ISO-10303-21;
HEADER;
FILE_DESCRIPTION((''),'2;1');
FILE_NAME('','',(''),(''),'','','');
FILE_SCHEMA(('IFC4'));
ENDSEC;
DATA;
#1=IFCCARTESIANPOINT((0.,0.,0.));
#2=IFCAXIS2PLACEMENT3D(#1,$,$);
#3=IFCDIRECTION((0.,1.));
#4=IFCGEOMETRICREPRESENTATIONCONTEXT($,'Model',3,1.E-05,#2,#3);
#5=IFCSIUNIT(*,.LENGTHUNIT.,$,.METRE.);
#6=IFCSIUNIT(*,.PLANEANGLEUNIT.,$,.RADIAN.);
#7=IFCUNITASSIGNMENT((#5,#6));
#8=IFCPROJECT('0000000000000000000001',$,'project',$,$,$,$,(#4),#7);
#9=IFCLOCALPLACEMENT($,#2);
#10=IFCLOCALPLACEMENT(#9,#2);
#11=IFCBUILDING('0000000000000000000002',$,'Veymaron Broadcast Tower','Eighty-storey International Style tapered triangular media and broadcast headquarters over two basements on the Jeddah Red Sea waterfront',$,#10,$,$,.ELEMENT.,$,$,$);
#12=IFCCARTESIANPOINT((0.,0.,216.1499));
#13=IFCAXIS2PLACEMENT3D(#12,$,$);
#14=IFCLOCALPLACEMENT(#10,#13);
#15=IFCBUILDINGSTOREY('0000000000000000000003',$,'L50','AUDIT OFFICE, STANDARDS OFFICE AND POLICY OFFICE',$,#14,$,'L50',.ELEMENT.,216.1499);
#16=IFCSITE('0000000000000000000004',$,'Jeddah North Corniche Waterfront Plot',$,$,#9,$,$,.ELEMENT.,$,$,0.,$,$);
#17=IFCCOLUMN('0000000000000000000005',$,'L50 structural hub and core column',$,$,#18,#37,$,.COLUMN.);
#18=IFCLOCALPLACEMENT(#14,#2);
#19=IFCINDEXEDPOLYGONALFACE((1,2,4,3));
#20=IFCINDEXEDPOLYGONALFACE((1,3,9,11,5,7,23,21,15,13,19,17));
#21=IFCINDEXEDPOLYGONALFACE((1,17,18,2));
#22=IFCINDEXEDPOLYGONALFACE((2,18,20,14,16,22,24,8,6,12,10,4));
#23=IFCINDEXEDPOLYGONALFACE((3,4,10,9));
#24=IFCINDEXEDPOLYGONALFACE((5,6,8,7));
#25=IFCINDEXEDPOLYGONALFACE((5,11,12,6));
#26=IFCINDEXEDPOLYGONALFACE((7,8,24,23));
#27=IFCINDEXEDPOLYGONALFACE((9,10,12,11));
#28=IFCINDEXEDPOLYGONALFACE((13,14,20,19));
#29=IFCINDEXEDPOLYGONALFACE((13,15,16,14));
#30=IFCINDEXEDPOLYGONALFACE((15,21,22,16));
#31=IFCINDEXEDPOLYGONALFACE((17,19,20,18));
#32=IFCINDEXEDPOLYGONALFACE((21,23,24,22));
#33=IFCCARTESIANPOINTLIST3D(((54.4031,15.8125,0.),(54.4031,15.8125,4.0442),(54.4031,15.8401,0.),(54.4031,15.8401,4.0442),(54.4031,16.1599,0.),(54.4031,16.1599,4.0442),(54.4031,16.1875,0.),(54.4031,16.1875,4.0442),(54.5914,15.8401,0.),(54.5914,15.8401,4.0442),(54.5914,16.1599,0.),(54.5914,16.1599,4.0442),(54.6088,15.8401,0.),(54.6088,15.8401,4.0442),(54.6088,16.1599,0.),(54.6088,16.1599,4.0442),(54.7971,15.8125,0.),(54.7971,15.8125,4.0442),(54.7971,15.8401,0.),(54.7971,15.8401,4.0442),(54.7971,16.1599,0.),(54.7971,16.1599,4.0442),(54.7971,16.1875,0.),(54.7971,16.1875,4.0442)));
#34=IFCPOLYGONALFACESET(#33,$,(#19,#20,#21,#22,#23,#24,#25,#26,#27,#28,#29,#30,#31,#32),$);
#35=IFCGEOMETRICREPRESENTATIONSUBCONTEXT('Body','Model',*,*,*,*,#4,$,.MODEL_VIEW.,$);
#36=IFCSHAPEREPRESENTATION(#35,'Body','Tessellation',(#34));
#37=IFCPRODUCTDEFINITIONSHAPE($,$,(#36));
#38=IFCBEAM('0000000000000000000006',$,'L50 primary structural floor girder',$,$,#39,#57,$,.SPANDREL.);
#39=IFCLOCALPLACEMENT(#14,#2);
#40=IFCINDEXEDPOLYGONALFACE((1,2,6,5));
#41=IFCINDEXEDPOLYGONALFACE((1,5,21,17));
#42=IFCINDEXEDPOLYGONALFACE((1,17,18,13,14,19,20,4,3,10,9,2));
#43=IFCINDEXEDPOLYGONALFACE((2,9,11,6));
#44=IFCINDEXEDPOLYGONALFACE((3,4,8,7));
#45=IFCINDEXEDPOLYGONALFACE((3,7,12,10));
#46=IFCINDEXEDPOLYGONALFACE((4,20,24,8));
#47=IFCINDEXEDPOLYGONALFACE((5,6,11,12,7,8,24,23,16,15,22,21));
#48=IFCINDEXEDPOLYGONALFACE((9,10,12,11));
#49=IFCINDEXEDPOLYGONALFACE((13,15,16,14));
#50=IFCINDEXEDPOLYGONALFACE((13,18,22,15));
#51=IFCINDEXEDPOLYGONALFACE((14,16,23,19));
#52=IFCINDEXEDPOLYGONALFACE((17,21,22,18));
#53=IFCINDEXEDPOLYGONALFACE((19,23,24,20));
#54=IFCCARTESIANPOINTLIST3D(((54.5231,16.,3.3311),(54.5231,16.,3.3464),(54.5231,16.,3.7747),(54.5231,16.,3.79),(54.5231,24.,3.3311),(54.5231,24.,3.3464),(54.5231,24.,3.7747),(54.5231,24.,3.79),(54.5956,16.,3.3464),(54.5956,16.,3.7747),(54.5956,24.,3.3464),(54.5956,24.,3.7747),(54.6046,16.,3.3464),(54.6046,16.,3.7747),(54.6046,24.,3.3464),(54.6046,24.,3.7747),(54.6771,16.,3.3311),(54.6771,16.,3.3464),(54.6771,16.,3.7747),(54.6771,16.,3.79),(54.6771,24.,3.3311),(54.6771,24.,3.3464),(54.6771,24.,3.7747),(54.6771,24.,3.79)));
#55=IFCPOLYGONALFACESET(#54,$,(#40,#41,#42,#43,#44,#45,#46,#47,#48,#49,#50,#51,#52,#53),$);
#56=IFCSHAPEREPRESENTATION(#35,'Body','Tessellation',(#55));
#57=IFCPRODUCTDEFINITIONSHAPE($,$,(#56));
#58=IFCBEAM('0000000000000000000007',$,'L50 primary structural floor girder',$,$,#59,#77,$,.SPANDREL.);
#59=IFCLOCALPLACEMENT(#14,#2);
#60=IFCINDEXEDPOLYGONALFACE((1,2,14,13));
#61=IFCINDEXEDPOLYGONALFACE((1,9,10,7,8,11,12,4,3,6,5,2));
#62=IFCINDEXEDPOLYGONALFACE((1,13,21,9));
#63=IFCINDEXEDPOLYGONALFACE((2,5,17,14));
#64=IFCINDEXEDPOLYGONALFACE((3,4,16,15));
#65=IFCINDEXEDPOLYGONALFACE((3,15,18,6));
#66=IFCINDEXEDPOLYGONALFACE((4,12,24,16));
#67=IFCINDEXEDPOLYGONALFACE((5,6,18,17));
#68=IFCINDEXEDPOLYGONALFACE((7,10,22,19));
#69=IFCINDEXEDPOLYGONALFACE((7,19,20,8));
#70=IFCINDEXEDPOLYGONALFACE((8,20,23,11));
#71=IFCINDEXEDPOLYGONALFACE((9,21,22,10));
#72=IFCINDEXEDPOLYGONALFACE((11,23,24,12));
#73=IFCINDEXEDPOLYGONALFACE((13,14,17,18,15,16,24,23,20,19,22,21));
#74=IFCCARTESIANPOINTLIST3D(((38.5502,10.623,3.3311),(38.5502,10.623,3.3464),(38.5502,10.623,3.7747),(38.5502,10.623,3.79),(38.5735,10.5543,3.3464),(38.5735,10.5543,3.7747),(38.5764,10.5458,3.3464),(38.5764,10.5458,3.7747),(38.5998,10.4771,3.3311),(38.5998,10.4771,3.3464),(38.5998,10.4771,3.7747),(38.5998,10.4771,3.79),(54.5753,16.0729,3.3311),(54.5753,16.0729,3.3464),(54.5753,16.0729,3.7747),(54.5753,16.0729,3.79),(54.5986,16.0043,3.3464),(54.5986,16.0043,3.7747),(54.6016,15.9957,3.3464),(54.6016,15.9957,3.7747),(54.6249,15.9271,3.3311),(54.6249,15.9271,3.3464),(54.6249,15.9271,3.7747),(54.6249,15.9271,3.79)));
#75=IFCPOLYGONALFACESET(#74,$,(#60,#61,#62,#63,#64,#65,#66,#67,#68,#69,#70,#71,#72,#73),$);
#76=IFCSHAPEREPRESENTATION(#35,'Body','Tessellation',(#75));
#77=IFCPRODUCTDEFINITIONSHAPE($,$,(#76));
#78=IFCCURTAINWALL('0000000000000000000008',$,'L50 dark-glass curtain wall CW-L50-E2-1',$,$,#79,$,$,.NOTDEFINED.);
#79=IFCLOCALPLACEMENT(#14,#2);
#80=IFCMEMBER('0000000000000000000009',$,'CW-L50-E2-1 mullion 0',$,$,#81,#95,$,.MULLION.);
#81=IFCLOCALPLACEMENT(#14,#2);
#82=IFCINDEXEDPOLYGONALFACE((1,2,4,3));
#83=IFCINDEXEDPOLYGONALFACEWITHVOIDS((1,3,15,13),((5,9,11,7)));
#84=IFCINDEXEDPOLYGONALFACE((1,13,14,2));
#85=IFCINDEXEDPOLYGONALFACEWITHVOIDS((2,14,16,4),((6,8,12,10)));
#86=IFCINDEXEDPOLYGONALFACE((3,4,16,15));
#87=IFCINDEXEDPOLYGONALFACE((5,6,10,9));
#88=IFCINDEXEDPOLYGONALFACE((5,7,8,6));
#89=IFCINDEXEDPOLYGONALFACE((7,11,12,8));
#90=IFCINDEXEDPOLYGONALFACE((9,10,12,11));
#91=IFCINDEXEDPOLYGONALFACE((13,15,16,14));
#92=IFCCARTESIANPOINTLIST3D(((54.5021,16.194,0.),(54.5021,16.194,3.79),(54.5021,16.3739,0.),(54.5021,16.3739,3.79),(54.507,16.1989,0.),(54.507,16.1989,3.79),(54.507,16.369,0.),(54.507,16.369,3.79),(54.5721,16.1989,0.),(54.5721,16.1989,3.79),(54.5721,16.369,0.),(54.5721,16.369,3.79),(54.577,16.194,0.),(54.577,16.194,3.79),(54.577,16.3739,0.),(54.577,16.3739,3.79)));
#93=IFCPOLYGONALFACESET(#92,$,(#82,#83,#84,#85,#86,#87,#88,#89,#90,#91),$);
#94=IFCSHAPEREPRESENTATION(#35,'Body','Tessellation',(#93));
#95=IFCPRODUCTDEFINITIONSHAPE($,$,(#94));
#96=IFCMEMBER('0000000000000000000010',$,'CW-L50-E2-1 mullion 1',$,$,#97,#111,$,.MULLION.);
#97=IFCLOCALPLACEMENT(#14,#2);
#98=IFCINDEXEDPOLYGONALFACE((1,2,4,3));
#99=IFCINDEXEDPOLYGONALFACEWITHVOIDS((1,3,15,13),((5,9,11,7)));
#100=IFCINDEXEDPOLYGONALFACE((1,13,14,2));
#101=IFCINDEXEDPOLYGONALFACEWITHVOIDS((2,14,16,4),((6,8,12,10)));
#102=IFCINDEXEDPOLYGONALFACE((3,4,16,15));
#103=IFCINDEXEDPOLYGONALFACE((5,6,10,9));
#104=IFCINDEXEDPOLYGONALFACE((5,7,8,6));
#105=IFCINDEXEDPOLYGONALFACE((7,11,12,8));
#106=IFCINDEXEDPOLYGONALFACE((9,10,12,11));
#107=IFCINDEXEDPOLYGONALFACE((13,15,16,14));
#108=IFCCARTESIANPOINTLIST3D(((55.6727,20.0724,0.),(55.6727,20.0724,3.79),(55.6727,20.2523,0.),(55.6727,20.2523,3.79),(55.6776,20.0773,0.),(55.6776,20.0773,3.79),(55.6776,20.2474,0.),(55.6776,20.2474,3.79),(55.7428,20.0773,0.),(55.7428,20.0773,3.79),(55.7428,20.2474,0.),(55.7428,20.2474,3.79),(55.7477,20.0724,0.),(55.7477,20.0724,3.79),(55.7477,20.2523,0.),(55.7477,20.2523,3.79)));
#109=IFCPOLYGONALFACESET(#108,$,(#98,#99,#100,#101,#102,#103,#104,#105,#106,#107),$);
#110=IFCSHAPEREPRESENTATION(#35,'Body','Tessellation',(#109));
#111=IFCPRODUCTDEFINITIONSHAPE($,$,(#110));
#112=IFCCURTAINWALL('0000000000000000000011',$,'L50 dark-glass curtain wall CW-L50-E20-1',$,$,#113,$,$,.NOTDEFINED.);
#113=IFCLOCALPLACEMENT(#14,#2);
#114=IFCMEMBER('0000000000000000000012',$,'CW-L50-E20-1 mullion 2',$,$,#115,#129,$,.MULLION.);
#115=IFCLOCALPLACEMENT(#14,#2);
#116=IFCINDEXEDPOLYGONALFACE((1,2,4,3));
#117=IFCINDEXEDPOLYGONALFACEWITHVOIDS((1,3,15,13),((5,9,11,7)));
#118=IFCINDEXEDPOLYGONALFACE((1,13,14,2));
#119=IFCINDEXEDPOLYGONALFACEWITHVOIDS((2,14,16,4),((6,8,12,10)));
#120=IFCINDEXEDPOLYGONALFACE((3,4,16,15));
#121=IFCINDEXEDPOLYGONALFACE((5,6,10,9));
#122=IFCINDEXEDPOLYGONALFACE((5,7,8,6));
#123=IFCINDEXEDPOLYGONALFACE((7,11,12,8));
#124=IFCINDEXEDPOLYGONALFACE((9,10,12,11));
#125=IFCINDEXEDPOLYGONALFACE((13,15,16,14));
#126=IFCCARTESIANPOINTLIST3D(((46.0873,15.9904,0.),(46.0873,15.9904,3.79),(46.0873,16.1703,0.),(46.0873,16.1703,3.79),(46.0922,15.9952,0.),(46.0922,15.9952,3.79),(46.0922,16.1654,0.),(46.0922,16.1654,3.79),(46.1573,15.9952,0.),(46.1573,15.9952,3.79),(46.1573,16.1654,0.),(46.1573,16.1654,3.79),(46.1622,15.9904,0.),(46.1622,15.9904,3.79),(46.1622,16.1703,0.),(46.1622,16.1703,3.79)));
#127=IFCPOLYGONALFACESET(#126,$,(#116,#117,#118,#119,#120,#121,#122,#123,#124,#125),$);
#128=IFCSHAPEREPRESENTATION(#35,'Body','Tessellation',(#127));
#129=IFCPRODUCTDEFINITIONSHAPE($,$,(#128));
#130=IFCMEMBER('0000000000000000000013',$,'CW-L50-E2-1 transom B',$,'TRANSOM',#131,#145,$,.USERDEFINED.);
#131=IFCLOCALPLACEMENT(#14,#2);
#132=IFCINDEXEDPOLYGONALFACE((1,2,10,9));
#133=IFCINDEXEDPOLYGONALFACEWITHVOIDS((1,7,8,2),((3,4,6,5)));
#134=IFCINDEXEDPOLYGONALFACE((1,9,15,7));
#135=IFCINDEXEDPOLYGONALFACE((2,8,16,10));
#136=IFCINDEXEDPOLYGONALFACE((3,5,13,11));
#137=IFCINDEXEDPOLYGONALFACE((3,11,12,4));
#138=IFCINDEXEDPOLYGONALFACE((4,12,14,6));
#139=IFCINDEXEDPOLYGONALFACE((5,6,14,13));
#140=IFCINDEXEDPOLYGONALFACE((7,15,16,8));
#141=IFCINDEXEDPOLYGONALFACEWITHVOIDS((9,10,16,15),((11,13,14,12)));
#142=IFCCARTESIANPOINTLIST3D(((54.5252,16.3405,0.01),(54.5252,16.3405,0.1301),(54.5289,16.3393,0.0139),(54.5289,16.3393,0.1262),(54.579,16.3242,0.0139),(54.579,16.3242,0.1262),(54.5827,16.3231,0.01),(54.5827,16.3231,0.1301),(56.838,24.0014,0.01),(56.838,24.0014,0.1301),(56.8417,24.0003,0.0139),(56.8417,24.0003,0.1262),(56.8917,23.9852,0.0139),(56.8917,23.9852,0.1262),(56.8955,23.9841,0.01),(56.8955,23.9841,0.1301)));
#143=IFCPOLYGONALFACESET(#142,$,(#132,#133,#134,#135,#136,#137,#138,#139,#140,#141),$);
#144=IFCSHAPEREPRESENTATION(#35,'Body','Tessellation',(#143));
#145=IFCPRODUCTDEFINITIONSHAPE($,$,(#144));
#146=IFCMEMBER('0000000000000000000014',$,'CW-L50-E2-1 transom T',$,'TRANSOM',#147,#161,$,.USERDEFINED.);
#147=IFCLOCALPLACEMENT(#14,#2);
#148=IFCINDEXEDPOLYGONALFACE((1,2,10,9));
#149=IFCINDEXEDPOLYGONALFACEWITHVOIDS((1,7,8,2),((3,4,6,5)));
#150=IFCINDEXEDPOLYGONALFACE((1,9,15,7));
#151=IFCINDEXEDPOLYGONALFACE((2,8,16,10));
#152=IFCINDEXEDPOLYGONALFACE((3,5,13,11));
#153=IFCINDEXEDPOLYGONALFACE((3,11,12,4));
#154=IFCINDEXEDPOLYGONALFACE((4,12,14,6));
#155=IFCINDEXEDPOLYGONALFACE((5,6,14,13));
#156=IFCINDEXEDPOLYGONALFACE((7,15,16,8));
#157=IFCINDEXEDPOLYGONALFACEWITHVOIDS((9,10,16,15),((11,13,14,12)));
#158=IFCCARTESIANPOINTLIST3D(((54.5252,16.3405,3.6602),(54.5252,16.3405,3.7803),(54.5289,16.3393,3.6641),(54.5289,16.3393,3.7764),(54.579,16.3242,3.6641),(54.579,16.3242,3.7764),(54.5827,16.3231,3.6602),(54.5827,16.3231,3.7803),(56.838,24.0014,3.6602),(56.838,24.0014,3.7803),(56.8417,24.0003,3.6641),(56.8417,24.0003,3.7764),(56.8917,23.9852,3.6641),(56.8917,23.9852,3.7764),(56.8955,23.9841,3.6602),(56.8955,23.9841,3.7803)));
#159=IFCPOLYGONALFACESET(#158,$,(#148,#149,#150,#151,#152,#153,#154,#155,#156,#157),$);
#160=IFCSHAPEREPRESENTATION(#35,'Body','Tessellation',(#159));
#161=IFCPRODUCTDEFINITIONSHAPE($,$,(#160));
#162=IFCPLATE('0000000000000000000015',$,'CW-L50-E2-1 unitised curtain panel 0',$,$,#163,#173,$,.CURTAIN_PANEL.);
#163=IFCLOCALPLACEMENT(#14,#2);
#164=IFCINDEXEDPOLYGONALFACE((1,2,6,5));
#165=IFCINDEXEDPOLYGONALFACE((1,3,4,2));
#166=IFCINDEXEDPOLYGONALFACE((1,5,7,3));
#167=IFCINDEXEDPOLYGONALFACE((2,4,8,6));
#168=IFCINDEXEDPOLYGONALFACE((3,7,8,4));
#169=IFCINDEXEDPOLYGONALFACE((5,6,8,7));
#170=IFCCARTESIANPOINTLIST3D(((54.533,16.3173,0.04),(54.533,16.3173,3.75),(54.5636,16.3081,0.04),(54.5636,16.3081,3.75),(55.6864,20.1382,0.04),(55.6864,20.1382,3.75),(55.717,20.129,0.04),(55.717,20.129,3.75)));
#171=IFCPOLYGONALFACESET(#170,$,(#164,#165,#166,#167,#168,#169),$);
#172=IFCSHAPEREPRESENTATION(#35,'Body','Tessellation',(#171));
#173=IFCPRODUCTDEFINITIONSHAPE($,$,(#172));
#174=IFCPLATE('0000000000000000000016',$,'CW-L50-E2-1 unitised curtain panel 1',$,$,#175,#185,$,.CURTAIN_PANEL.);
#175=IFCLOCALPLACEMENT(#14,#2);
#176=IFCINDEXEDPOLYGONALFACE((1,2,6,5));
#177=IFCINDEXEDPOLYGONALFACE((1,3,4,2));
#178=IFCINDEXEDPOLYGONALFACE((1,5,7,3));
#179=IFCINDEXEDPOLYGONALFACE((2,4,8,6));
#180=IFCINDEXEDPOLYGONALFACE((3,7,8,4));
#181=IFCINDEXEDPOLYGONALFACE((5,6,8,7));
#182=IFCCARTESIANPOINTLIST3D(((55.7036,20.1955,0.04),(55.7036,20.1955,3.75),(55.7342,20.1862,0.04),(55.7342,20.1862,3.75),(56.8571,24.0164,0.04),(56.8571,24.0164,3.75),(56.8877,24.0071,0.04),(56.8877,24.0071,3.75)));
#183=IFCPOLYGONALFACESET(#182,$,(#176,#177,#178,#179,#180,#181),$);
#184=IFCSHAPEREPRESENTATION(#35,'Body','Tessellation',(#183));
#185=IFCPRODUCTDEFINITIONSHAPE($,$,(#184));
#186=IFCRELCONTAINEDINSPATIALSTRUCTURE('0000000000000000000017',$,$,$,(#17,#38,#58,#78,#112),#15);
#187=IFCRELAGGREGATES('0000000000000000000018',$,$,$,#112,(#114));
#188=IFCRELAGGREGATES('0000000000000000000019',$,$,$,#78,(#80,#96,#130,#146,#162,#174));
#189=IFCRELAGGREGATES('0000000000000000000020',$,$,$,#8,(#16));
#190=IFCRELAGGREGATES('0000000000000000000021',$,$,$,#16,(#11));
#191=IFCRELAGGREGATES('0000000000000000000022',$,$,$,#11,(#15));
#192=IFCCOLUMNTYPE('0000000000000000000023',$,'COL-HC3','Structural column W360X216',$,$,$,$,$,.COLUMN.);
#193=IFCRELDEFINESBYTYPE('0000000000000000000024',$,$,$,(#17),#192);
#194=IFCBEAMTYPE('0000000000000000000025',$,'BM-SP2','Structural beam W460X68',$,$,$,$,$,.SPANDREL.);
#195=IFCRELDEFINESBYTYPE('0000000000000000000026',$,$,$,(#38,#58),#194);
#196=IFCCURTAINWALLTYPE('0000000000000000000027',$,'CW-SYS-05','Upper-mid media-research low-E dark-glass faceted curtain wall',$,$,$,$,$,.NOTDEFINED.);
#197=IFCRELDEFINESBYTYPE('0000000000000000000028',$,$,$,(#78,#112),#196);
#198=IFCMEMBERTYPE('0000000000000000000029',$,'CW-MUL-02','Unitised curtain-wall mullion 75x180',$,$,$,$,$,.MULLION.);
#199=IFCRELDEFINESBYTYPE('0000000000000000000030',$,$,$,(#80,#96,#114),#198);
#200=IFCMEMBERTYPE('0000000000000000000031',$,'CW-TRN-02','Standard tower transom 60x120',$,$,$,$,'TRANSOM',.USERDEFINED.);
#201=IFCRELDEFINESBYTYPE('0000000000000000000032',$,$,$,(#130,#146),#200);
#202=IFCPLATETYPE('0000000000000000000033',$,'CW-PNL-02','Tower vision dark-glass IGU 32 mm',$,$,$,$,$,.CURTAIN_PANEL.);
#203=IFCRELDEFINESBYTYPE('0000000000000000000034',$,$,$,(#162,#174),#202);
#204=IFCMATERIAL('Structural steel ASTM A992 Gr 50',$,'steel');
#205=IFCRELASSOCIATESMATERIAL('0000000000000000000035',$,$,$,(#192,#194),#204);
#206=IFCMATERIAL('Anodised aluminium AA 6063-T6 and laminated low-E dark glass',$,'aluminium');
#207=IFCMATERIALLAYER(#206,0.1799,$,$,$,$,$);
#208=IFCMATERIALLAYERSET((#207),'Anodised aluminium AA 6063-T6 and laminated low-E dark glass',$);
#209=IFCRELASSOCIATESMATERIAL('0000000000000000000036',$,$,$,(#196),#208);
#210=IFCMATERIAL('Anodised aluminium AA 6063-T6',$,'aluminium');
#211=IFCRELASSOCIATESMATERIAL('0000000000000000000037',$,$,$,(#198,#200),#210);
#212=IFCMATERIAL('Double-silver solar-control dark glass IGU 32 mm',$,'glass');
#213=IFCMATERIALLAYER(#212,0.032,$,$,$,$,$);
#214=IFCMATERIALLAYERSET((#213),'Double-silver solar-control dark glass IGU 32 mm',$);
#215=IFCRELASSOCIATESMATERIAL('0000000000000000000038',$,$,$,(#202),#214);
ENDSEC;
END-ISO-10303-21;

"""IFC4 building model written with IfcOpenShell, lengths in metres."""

from ifc_helpers import new_model, si_unit, direction, frame, origin, origin_2d, place, context, subcontext, project, spatial, rectangle, hollow_rectangle, i_section, extrude, material, layer, layer_set, material_profile, profile_set, type_object, element, aggregate, save


model = new_model("IFC4")

# Units and contexts
model_context = context("Model", 3, precision=1e-05, world=origin(), true_north=direction((0.0, 1.0)))
body_context = subcontext(model_context, "Body", "Model", "MODEL_VIEW")
ifc_project = project(units=[si_unit("LENGTHUNIT", "METRE"), si_unit("PLANEANGLEUNIT", "RADIAN")], contexts=[model_context])

# Site, building, storey
site_placement = place(None, origin())
site = spatial("IfcSite", under=ifc_project, at=site_placement, Name="Jeddah North Corniche Waterfront Plot", CompositionType="ELEMENT", RefElevation=0.0)
building_placement = place(site_placement, origin())
building = spatial("IfcBuilding", under=site, at=building_placement, Name="Veymaron Broadcast Tower", Description="Eighty-storey International Style tapered triangular media and broadcast headquarters over two basements on the Jeddah Red Sea waterfront", CompositionType="ELEMENT")
storey_placement = place(building_placement, frame((0.0, 0.0, 216.1499)))
storey = spatial("IfcBuildingStorey", under=building, at=storey_placement, Name="L50", Description="AUDIT OFFICE, STANDARDS OFFICE AND POLICY OFFICE", LongName="L50", CompositionType="ELEMENT", Elevation=216.1499)

# Column
ifc_material_1 = material(Name="Structural steel ASTM A992 Gr 50", Category="steel")
ifc_material_profile_1 = material_profile(ifc_material_1, i_section(OverallWidth=0.394, OverallDepth=0.375, WebThickness=0.0173, FlangeThickness=0.0276, at=origin_2d()), Name="W360X216")
ifc_profile_set_1 = profile_set([ifc_material_profile_1], Name="Structural steel ASTM A992 Gr 50")
column_type = type_object("IfcColumnType", Name="COL-HC3", Description="Structural column W360X216", PredefinedType="COLUMN", material=ifc_profile_set_1)
column_placement = place(storey_placement, frame((54.6001, 16.0, 0.0), z_axis=(0.0, 0.0, 1.0), x_axis=(1.0, 0.0, 0.0)))
element("IfcColumn", 1, at=column_placement, inside=storey, type_object=column_type, Name="L50 structural hub and core column", PredefinedType="COLUMN", context=body_context, shape_type="SweptSolid", body=[
    extrude(i_section(OverallWidth=0.394, OverallDepth=0.375, WebThickness=0.0173, FlangeThickness=0.0276, at=origin_2d()), origin(), (0.0, 0.0, 1.0), 4.0442),
])

# Beams
ifc_material_profile_2 = material_profile(ifc_material_1, i_section(OverallWidth=0.1541, OverallDepth=0.459, WebThickness=0.009, FlangeThickness=0.0154, at=origin_2d()), Name="W460X68")
ifc_profile_set_2 = profile_set([ifc_material_profile_2], Name="Structural steel ASTM A992 Gr 50")
beam_type = type_object("IfcBeamType", Name="BM-SP2", Description="Structural beam W460X68", PredefinedType="SPANDREL", material=ifc_profile_set_2)
beam_1_placement = place(storey_placement, frame((54.6001, 16.0, 3.5605), z_axis=(0.0, 1.0, 0.0), x_axis=(-1.0, 0.0, 0.0)))
element("IfcBeam", 2, at=beam_1_placement, inside=storey, type_object=beam_type, Name="L50 primary structural floor girder", PredefinedType="SPANDREL", context=body_context, shape_type="SweptSolid", body=[
    extrude(i_section(OverallWidth=0.1541, OverallDepth=0.459, WebThickness=0.009, FlangeThickness=0.0154, at=origin_2d()), origin(), (0.0, 0.0, 1.0), 8.0),
])
beam_2_placement = place(storey_placement, frame((54.6001, 16.0, 3.5605), z_axis=(-0.946748, -0.321977, 0.0), x_axis=(0.321977, -0.946748, 0.0)))
element("IfcBeam", 3, at=beam_2_placement, inside=storey, type_object=beam_type, Name="L50 primary structural floor girder", PredefinedType="SPANDREL", context=body_context, shape_type="SweptSolid", body=[
    extrude(i_section(OverallWidth=0.1541, OverallDepth=0.459, WebThickness=0.009, FlangeThickness=0.0154, at=origin_2d()), origin(), (0.0, 0.0, 1.0), 16.9265),
])

# Curtain wall, members
ifc_material_2 = material(Name="Anodised aluminium AA 6063-T6 and laminated low-E dark glass", Category="aluminium")
ifc_layer_1 = layer(ifc_material_2, 0.1799)
ifc_layer_set_1 = layer_set([ifc_layer_1], Name="Anodised aluminium AA 6063-T6 and laminated low-E dark glass")
curtain_wall_type = type_object("IfcCurtainWallType", Name="CW-SYS-05", Description="Upper-mid media-research low-E dark-glass faceted curtain wall", PredefinedType="NOTDEFINED", material=ifc_layer_set_1)
curtain_wall_1_placement = place(storey_placement, origin())
curtain_wall_1 = element("IfcCurtainWall", 4, at=curtain_wall_1_placement, inside=storey, type_object=curtain_wall_type, Name="L50 dark-glass curtain wall CW-L50-E2-1", PredefinedType="NOTDEFINED")
ifc_material_3 = material(Name="Anodised aluminium AA 6063-T6", Category="aluminium")
ifc_material_profile_3 = material_profile(ifc_material_3, hollow_rectangle(XDim=0.075, YDim=0.1799, WallThickness=0.0049, at=origin_2d()), Name="AL180X75X5")
ifc_profile_set_3 = profile_set([ifc_material_profile_3], Name="Anodised aluminium AA 6063-T6")
member_type_1 = type_object("IfcMemberType", Name="CW-MUL-02", Description="Unitised curtain-wall mullion 75x180", PredefinedType="MULLION", material=ifc_profile_set_3)
member_1_placement = place(storey_placement, frame((54.5396, 16.2839, 0.0), z_axis=(0.0, 0.0, 1.0), x_axis=(1.0, 0.0, 0.0)))
member_1 = element("IfcMember", 5, at=member_1_placement, type_object=member_type_1, Name="CW-L50-E2-1 mullion 0", PredefinedType="MULLION", context=body_context, shape_type="SweptSolid", body=[
    extrude(hollow_rectangle(XDim=0.075, YDim=0.1799, WallThickness=0.0049, at=origin_2d()), origin(), (0.0, 0.0, 1.0), 3.79),
])
member_2_placement = place(storey_placement, frame((55.7102, 20.1624, 0.0), z_axis=(0.0, 0.0, 1.0), x_axis=(1.0, 0.0, 0.0)))
member_2 = element("IfcMember", 6, at=member_2_placement, type_object=member_type_1, Name="CW-L50-E2-1 mullion 1", PredefinedType="MULLION", context=body_context, shape_type="SweptSolid", body=[
    extrude(hollow_rectangle(XDim=0.075, YDim=0.1799, WallThickness=0.0049, at=origin_2d()), origin(), (0.0, 0.0, 1.0), 3.79),
])

# Curtain wall, member
curtain_wall_2_placement = place(storey_placement, origin())
curtain_wall_2 = element("IfcCurtainWall", 7, at=curtain_wall_2_placement, inside=storey, type_object=curtain_wall_type, Name="L50 dark-glass curtain wall CW-L50-E20-1", PredefinedType="NOTDEFINED")
member_3_placement = place(storey_placement, frame((46.1248, 16.0803, 0.0), z_axis=(0.0, 0.0, 1.0), x_axis=(1.0, 0.0, 0.0)))
member_3 = element("IfcMember", 8, at=member_3_placement, type_object=member_type_1, Name="CW-L50-E20-1 mullion 2", PredefinedType="MULLION", context=body_context, shape_type="SweptSolid", body=[
    extrude(hollow_rectangle(XDim=0.075, YDim=0.1799, WallThickness=0.0049, at=origin_2d()), origin(), (0.0, 0.0, 1.0), 3.79),
])
aggregate(curtain_wall_2, [member_3])

# Members
ifc_material_profile_4 = material_profile(ifc_material_3, hollow_rectangle(XDim=0.0601, YDim=0.1201, WallThickness=0.0039, at=origin_2d()), Name="AL120X60X4")
ifc_profile_set_4 = profile_set([ifc_material_profile_4], Name="Anodised aluminium AA 6063-T6")
member_type_2 = type_object("IfcMemberType", Name="CW-TRN-02", Description="Standard tower transom 60x120", ElementType="TRANSOM", PredefinedType="USERDEFINED", material=ifc_profile_set_4)
member_4_placement = place(storey_placement, frame((54.554, 16.3318, 0.0701), z_axis=(0.289007, 0.957327, 0.0), x_axis=(-0.957327, 0.289007, 0.0)))
member_4 = element("IfcMember", 9, at=member_4_placement, type_object=member_type_2, Name="CW-L50-E2-1 transom B", ObjectType="TRANSOM", PredefinedType="USERDEFINED", context=body_context, shape_type="SweptSolid", body=[
    extrude(hollow_rectangle(XDim=0.0601, YDim=0.1201, WallThickness=0.0039, at=origin_2d()), origin(), (0.0, 0.0, 1.0), 8.0024),
])
member_5_placement = place(storey_placement, frame((54.554, 16.3318, 3.7202), z_axis=(0.289007, 0.957327, 0.0), x_axis=(-0.957327, 0.289007, 0.0)))
member_5 = element("IfcMember", 10, at=member_5_placement, type_object=member_type_2, Name="CW-L50-E2-1 transom T", ObjectType="TRANSOM", PredefinedType="USERDEFINED", context=body_context, shape_type="SweptSolid", body=[
    extrude(hollow_rectangle(XDim=0.0601, YDim=0.1201, WallThickness=0.0039, at=origin_2d()), origin(), (0.0, 0.0, 1.0), 8.0024),
])

# Plates
ifc_material_4 = material(Name="Double-silver solar-control dark glass IGU 32 mm", Category="glass")
ifc_layer_2 = layer(ifc_material_4, 0.032)
ifc_layer_set_2 = layer_set([ifc_layer_2], Name="Double-silver solar-control dark glass IGU 32 mm")
plate_type = type_object("IfcPlateType", Name="CW-PNL-02", Description="Tower vision dark-glass IGU 32 mm", PredefinedType="CURTAIN_PANEL", material=ifc_layer_set_2)
plate_1_placement = place(storey_placement, frame((55.125, 18.2231, 0.04), z_axis=(0.0, 0.0, 1.0), x_axis=(0.288998, 0.95733, 0.0)))
plate_1 = element("IfcPlate", 11, at=plate_1_placement, type_object=plate_type, Name="CW-L50-E2-1 unitised curtain panel 0", PredefinedType="CURTAIN_PANEL", context=body_context, shape_type="SweptSolid", body=[
    extrude(rectangle(XDim=3.9912, YDim=0.032, at=origin_2d()), origin(), (0.0, 0.0, 1.0), 3.71),
])
plate_2_placement = place(storey_placement, frame((56.2957, 22.1013, 0.04), z_axis=(0.0, 0.0, 1.0), x_axis=(0.288998, 0.95733, 0.0)))
plate_2 = element("IfcPlate", 12, at=plate_2_placement, type_object=plate_type, Name="CW-L50-E2-1 unitised curtain panel 1", PredefinedType="CURTAIN_PANEL", context=body_context, shape_type="SweptSolid", body=[
    extrude(rectangle(XDim=3.9912, YDim=0.032, at=origin_2d()), origin(), (0.0, 0.0, 1.0), 3.71),
])
aggregate(curtain_wall_1, [member_1, member_2, member_4, member_5, plate_1, plate_2])

save(model, "model.ifc")
